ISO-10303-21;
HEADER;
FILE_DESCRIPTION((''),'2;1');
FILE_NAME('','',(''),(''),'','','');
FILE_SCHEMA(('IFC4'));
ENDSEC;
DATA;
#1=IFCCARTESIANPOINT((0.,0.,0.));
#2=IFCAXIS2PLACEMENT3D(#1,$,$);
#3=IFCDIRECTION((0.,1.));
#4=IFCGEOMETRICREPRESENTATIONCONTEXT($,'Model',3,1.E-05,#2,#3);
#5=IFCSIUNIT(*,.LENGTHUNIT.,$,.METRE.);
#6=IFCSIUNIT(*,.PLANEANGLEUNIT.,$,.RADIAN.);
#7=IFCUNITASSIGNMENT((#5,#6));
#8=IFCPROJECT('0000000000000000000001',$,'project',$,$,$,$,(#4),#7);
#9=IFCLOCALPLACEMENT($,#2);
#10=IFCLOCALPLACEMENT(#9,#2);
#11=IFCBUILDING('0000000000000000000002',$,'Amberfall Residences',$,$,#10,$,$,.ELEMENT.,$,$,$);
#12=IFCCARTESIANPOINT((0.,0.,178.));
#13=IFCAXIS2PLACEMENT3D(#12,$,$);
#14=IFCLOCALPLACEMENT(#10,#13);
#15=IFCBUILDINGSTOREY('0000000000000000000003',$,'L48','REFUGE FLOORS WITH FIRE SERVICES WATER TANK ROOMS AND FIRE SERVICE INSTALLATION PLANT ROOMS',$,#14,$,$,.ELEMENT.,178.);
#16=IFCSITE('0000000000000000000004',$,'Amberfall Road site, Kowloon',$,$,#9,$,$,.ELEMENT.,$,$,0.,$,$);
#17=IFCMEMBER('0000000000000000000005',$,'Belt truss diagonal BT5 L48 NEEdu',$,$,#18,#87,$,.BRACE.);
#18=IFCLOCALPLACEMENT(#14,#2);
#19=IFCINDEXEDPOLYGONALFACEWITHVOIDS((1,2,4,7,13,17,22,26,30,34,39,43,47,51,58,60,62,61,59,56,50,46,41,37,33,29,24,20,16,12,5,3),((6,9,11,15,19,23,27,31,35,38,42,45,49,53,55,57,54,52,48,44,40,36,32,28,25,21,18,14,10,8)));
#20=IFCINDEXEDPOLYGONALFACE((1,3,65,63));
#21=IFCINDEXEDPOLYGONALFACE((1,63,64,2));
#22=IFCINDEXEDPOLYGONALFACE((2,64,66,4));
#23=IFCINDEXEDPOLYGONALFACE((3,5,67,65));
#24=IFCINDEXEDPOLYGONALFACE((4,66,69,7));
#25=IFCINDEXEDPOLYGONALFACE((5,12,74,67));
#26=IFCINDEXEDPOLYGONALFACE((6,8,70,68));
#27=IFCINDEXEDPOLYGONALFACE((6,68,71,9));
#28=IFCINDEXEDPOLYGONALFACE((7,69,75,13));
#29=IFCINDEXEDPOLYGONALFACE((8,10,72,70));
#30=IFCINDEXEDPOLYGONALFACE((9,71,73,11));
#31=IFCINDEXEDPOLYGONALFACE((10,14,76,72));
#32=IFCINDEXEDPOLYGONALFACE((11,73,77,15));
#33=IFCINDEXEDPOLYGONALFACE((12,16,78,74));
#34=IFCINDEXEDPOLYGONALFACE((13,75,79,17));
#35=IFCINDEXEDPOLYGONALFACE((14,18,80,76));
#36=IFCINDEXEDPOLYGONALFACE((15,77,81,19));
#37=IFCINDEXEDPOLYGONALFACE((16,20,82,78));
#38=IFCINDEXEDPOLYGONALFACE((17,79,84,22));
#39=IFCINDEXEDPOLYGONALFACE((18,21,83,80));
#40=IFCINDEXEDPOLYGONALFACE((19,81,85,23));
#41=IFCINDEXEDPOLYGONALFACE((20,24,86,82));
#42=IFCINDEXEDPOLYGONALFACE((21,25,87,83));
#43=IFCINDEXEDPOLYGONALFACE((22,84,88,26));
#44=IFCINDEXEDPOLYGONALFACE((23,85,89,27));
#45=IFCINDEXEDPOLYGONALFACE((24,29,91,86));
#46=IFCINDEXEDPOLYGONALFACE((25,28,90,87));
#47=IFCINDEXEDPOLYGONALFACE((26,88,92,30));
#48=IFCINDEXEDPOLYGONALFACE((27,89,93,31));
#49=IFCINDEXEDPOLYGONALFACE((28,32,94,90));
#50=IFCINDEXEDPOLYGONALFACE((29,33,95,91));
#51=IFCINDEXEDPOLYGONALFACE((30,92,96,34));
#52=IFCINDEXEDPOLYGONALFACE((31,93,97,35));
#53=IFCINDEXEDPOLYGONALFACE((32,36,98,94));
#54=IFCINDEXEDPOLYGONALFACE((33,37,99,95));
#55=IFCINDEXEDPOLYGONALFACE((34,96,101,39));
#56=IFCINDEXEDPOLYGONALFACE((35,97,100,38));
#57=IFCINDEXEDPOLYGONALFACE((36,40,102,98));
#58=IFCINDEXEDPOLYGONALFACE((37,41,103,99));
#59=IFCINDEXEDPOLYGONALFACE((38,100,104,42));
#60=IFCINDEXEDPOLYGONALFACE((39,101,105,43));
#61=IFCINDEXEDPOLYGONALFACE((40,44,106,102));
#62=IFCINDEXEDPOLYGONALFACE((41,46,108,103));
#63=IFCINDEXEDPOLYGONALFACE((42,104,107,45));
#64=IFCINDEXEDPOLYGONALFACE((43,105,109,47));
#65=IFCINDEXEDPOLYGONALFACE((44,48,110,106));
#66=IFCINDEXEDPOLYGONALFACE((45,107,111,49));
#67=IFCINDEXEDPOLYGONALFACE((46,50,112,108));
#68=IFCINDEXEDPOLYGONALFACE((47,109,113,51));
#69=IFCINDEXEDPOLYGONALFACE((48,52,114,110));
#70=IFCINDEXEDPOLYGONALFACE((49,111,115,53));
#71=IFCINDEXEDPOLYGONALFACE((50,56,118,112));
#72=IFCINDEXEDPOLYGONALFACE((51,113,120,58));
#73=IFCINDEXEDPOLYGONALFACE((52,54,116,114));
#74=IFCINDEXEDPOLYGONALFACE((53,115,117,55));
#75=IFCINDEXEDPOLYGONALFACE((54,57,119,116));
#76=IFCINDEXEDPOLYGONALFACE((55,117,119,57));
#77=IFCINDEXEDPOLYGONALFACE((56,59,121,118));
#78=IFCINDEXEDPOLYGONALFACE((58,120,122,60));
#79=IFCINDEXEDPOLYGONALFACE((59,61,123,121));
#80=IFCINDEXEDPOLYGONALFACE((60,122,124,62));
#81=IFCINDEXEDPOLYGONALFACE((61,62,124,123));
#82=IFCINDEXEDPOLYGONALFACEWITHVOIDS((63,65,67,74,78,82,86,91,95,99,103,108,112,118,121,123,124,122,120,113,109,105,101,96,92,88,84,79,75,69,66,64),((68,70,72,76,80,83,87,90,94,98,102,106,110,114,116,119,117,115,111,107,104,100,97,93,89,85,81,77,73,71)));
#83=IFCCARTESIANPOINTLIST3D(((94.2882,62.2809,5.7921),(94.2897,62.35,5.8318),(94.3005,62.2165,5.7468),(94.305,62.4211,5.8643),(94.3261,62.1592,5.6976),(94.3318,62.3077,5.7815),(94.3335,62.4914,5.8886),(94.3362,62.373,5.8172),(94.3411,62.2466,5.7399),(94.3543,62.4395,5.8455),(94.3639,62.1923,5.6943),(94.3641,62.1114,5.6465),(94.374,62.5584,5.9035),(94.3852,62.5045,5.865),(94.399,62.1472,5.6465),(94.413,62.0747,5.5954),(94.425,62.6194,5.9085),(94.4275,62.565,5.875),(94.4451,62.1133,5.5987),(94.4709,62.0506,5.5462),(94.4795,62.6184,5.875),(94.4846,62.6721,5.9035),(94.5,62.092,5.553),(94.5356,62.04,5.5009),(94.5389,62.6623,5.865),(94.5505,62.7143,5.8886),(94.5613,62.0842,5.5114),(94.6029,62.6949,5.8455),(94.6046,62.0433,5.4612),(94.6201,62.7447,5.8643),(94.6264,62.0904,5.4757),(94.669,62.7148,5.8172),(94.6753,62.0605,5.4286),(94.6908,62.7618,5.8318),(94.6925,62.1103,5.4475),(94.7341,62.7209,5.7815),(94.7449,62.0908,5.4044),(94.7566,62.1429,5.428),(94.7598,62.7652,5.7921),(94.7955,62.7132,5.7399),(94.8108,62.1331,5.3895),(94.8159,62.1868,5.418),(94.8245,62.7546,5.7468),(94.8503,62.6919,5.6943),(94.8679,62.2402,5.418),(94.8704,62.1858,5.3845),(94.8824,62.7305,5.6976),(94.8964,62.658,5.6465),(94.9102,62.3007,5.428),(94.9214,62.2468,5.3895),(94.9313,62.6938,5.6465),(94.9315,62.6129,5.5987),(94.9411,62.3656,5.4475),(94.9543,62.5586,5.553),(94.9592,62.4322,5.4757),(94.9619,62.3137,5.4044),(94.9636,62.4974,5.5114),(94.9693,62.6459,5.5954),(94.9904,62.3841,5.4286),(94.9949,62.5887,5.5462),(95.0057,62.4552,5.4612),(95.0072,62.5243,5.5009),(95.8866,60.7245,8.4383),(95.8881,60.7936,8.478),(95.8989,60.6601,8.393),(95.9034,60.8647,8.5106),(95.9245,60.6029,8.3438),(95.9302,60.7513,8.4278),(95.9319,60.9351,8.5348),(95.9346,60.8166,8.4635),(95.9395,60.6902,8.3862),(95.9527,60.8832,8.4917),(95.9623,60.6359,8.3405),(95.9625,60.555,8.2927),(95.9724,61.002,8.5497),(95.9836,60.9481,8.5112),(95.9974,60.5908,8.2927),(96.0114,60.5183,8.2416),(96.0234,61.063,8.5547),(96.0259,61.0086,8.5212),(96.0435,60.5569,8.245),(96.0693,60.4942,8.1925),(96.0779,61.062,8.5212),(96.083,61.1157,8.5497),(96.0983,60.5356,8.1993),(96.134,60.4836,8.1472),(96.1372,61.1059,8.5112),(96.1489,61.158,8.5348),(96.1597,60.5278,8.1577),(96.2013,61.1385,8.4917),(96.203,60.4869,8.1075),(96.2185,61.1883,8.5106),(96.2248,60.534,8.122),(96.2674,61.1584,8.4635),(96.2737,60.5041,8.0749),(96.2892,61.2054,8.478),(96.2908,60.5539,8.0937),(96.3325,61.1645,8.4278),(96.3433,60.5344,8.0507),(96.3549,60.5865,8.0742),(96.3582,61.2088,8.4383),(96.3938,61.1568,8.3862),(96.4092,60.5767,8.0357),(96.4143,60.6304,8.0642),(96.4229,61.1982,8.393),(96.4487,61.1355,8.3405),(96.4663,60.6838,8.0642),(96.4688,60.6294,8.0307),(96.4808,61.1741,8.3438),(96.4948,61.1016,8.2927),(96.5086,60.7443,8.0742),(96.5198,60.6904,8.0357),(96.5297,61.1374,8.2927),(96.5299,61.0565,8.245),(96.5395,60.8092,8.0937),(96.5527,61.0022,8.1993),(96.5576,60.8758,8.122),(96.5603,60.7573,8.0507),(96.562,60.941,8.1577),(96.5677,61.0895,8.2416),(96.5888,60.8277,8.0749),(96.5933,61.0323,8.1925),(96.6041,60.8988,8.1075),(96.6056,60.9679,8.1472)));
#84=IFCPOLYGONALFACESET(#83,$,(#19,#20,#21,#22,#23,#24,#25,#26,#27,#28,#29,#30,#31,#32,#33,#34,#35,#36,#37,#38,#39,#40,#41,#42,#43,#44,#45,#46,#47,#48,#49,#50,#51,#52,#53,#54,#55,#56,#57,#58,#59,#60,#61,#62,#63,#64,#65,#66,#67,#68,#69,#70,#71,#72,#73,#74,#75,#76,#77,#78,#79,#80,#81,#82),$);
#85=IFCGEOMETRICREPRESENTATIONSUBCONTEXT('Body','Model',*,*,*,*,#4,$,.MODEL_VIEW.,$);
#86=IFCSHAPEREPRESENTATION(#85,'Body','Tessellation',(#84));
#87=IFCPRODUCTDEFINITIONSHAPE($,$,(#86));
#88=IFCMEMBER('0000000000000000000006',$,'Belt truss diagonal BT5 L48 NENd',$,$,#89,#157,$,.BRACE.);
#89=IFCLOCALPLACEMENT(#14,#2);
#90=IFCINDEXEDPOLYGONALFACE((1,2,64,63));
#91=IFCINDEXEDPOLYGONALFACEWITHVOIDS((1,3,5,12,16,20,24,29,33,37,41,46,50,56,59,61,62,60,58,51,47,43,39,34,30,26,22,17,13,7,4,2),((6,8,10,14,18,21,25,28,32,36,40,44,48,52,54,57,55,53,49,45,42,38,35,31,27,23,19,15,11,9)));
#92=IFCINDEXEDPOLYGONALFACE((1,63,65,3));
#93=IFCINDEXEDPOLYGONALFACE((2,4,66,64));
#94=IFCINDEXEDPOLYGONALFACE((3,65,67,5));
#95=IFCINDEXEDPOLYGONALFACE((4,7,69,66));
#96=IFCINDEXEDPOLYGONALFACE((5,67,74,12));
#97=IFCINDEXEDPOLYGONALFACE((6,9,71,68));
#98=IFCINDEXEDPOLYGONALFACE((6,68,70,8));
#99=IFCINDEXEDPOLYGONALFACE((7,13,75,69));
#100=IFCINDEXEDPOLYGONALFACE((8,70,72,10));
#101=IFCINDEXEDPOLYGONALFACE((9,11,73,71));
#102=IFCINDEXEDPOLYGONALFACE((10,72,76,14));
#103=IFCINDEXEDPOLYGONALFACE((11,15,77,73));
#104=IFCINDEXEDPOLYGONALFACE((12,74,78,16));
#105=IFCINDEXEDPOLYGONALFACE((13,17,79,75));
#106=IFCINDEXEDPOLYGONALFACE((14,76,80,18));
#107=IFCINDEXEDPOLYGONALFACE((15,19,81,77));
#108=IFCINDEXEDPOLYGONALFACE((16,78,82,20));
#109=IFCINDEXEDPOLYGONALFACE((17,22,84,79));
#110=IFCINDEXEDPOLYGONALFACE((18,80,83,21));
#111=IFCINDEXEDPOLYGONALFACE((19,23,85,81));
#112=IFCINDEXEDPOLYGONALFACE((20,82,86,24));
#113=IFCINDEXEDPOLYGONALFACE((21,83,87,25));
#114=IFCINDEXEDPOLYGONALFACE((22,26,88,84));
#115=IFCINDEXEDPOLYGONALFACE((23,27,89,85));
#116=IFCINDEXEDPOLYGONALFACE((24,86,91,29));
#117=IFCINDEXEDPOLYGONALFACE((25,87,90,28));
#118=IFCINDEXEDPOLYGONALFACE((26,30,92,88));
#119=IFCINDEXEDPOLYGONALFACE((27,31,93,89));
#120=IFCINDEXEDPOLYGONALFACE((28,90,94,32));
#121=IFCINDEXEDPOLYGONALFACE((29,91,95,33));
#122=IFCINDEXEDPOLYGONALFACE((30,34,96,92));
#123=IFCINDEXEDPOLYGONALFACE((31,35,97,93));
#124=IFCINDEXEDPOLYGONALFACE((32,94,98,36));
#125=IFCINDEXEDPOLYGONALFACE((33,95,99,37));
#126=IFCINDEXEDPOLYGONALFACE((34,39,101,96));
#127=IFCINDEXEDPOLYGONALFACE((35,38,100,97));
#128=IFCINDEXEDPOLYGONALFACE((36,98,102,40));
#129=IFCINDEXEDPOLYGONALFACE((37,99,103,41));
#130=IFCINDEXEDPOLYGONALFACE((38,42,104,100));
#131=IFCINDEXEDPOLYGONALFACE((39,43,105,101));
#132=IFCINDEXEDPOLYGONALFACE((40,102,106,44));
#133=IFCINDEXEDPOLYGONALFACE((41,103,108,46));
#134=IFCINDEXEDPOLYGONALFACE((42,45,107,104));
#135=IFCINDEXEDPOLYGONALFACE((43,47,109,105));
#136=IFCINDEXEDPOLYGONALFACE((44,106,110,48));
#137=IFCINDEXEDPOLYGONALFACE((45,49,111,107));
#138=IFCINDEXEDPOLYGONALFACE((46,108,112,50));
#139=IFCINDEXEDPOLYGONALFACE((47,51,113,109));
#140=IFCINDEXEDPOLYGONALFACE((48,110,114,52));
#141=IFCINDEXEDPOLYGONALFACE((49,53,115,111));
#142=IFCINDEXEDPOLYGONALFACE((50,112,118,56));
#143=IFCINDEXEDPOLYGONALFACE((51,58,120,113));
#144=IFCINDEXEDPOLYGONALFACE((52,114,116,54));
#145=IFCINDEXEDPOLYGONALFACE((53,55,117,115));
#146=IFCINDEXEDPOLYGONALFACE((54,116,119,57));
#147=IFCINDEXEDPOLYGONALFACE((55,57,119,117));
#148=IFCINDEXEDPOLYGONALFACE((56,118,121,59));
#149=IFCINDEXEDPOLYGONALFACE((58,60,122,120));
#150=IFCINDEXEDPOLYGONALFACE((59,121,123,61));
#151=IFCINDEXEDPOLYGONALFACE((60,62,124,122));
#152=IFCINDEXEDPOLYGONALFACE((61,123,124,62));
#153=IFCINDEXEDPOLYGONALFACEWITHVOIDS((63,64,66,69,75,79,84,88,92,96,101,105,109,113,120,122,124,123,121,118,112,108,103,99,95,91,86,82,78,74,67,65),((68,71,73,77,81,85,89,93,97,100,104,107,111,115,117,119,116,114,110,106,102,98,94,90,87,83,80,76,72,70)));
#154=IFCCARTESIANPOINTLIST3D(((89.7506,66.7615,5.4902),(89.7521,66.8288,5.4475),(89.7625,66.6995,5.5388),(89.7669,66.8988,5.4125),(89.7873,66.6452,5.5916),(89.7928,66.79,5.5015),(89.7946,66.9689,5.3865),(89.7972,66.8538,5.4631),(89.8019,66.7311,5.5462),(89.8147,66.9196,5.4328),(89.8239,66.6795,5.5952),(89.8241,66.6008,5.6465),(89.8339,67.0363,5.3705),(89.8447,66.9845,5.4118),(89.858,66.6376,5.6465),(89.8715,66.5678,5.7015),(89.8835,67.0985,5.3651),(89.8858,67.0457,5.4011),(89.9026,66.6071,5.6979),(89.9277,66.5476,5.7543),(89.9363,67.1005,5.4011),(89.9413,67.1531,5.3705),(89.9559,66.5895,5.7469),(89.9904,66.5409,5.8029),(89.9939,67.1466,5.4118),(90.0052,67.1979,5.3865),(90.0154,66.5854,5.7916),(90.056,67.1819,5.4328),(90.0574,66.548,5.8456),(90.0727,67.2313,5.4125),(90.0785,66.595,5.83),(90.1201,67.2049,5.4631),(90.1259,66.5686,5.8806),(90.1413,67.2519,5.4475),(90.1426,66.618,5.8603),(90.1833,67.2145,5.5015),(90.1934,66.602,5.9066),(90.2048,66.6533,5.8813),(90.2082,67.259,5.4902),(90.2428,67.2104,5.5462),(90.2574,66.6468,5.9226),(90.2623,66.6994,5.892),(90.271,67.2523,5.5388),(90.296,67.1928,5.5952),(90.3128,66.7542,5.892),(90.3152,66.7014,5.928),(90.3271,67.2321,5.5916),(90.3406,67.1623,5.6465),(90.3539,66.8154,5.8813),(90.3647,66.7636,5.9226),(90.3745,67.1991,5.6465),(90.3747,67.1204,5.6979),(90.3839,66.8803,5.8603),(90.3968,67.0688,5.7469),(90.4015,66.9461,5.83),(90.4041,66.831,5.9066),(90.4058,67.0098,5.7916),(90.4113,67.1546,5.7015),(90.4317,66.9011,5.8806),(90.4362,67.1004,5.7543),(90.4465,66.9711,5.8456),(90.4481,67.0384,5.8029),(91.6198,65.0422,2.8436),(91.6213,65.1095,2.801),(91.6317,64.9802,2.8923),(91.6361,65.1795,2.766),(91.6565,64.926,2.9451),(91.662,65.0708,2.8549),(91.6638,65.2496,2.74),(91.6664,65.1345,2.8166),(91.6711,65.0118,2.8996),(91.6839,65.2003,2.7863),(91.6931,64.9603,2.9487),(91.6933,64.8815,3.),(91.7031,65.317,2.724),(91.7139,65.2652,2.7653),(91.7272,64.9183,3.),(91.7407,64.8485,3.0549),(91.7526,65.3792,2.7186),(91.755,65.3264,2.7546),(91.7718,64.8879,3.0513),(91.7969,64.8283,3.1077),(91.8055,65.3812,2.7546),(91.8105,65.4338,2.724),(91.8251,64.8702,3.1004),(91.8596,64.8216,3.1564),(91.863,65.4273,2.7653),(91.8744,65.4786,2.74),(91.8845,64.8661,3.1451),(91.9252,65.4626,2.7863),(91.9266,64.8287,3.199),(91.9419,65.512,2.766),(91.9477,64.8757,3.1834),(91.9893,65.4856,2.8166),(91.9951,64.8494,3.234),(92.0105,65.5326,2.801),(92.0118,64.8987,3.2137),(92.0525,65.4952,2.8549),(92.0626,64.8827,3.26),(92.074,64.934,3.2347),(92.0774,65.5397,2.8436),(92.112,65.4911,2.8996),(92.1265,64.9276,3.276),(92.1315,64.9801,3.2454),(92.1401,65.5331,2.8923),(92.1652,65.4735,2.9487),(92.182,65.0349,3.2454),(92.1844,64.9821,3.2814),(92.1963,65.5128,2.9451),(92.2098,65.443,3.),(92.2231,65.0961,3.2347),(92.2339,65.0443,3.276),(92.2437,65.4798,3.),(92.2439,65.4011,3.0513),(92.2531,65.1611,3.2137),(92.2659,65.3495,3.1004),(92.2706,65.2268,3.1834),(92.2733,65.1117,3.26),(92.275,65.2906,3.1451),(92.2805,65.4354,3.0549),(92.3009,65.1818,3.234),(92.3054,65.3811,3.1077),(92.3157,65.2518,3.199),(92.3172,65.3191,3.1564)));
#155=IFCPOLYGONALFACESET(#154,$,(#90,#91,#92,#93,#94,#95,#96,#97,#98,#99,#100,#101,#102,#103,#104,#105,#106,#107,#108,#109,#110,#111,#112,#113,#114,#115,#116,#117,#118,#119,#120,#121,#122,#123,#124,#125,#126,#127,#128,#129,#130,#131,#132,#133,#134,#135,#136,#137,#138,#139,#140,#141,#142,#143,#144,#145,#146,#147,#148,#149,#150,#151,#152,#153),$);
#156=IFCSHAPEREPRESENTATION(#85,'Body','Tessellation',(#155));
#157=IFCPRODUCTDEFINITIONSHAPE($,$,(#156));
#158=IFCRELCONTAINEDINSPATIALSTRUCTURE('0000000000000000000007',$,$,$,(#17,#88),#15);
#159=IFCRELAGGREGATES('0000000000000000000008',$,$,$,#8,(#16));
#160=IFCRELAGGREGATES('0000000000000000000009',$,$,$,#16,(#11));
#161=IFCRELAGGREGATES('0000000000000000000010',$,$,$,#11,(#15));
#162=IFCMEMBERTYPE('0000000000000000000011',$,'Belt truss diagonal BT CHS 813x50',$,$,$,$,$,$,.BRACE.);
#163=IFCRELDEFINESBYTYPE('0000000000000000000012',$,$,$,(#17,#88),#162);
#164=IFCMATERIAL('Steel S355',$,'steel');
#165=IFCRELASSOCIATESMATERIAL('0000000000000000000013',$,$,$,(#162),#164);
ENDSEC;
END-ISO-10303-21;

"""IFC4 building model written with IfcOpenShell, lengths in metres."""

from ifc_helpers import new_model, si_unit, direction, frame, origin, origin_2d, place, context, subcontext, project, spatial, hollow_circle, extrude, material, material_profile, profile_set, type_object, element, save


model = new_model("IFC4")

# Units and contexts
model_context = context("Model", 3, precision=1e-05, world=origin(), true_north=direction((0.0, 1.0)))
body_context = subcontext(model_context, "Body", "Model", "MODEL_VIEW")
ifc_project = project(units=[si_unit("LENGTHUNIT", "METRE"), si_unit("PLANEANGLEUNIT", "RADIAN")], contexts=[model_context])

# Site, building, storey
site_placement = place(None, origin())
site = spatial("IfcSite", under=ifc_project, at=site_placement, Name="Amberfall Road site, Kowloon", CompositionType="ELEMENT", RefElevation=0.0)
building_placement = place(site_placement, origin())
building = spatial("IfcBuilding", under=site, at=building_placement, Name="Amberfall Residences", CompositionType="ELEMENT")
storey_placement = place(building_placement, frame((0.0, 0.0, 178.0)))
storey = spatial("IfcBuildingStorey", under=building, at=storey_placement, Name="L48", Description="REFUGE FLOORS WITH FIRE SERVICES WATER TANK ROOMS AND FIRE SERVICE INSTALLATION PLANT ROOMS", CompositionType="ELEMENT", Elevation=178.0)

# Shared definitions
ifc_material_1 = material(Name="Steel S355", Category="steel")

# Members
ifc_material_profile_1 = material_profile(ifc_material_1, hollow_circle(Radius=0.4065, WallThickness=0.05, at=origin_2d()), Name="CHS 813x50")
ifc_profile_set_1 = profile_set([ifc_material_profile_1], Name="Steel S355")
member_type = type_object("IfcMemberType", Name="Belt truss diagonal BT CHS 813x50", PredefinedType="BRACE", material=ifc_profile_set_1)
member_1_placement = place(storey_placement, frame((94.6477, 62.4026, 5.6465), z_axis=(0.461804, -0.449672, 0.764547), x_axis=(0.697633, 0.716455, 0.0)))
element("IfcMember", 1, at=member_1_placement, inside=storey, type_object=member_type, Name="Belt truss diagonal BT5 L48 NEEdu", PredefinedType="BRACE", context=body_context, shape_type="SweptSolid", body=[
    extrude(hollow_circle(Radius=0.4065, WallThickness=0.05, at=origin_2d()), origin(), (0.0, 0.0, 1.0), 3.4612),
])
member_2_placement = place(storey_placement, frame((91.9685, 65.1807, 3.0), z_axis=(-0.509597, 0.468728, 0.72153), x_axis=(-0.676977, -0.736004, 0.0)))
element("IfcMember", 2, at=member_2_placement, inside=storey, type_object=member_type, Name="Belt truss diagonal BT5 L48 NENd", PredefinedType="BRACE", context=body_context, shape_type="SweptSolid", body=[
    extrude(hollow_circle(Radius=0.4065, WallThickness=0.05, at=origin_2d()), origin(), (0.0, 0.0, 1.0), 3.668),
])

save(model, "model.ifc")
